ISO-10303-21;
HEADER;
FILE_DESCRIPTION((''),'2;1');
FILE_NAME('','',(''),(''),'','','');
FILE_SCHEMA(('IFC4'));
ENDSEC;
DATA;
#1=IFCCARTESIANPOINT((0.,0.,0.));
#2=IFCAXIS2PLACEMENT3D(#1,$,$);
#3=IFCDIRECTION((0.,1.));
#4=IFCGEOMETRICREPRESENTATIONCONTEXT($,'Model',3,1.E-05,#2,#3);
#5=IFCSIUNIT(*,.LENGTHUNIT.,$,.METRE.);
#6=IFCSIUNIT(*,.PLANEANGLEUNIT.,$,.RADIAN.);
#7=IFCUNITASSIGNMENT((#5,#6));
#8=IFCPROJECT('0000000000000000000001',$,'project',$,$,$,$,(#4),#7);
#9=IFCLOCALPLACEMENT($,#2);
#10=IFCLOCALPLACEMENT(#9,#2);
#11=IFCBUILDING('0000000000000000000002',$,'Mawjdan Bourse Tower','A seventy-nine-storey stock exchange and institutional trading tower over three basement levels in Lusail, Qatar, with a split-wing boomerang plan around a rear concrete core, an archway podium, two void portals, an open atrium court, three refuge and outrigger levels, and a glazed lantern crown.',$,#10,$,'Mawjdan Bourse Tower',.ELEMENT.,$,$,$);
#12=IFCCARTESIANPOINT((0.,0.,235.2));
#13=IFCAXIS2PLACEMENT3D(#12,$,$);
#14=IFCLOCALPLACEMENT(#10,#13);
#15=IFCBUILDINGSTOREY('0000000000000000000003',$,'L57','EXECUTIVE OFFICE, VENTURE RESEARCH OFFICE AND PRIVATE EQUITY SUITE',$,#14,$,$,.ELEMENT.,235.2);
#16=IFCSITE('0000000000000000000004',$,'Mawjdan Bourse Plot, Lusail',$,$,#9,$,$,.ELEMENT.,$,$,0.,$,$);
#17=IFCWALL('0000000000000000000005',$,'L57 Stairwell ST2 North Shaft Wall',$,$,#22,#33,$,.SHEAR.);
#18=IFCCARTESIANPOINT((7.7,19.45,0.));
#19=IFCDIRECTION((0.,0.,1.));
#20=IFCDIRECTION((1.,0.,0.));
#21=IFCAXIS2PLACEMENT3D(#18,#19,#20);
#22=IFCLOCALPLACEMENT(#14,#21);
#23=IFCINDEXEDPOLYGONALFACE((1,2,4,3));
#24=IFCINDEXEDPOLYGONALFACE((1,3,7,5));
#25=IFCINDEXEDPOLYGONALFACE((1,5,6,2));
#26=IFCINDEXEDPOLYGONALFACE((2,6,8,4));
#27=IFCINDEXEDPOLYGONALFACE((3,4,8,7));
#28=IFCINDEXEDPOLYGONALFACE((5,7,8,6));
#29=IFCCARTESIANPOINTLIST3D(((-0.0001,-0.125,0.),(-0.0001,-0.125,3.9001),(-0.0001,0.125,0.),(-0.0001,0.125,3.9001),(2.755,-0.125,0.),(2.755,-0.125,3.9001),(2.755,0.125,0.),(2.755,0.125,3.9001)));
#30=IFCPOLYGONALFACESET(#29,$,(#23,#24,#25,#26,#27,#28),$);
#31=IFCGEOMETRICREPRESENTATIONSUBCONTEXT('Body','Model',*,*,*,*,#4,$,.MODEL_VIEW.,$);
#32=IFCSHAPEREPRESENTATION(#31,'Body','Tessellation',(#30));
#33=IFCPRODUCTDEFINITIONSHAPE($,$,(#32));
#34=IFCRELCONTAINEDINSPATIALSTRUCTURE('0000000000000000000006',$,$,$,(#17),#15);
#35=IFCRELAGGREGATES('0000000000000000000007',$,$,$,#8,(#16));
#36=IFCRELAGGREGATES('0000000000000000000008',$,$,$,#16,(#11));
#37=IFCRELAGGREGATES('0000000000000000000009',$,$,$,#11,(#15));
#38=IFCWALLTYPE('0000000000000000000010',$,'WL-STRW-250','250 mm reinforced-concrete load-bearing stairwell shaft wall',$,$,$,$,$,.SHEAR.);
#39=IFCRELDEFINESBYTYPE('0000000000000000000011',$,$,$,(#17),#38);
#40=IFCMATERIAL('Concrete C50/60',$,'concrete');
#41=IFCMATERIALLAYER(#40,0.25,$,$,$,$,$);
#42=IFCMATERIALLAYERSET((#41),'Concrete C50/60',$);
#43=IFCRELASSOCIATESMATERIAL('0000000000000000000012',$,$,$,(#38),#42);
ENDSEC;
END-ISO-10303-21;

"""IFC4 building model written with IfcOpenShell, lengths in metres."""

from ifc_helpers import new_model, si_unit, direction, frame, frame_2d, origin, place, context, subcontext, project, spatial, rectangle, extrude, material, layer, layer_set, type_object, element, save


model = new_model("IFC4")

# Units and contexts
model_context = context("Model", 3, precision=1e-05, world=origin(), true_north=direction((0.0, 1.0)))
body_context = subcontext(model_context, "Body", "Model", "MODEL_VIEW")
ifc_project = project(units=[si_unit("LENGTHUNIT", "METRE"), si_unit("PLANEANGLEUNIT", "RADIAN")], contexts=[model_context])

# Site, building, storey
site_placement = place(None, origin())
site = spatial("IfcSite", under=ifc_project, at=site_placement, Name="Mawjdan Bourse Plot, Lusail", CompositionType="ELEMENT", RefElevation=0.0)
building_placement = place(site_placement, origin())
building = spatial("IfcBuilding", under=site, at=building_placement, Name="Mawjdan Bourse Tower", Description="A seventy-nine-storey stock exchange and institutional trading tower over three basement levels in Lusail, Qatar, with a split-wing boomerang plan around a rear concrete core, an archway podium, two void portals, an open atrium court, three refuge and outrigger levels, and a glazed lantern crown.", LongName="Mawjdan Bourse Tower", CompositionType="ELEMENT")
storey_placement = place(building_placement, frame((0.0, 0.0, 235.2)))
storey = spatial("IfcBuildingStorey", under=building, at=storey_placement, Name="L57", Description="EXECUTIVE OFFICE, VENTURE RESEARCH OFFICE AND PRIVATE EQUITY SUITE", CompositionType="ELEMENT", Elevation=235.2)

# Wall
ifc_material_1 = material(Name="Concrete C50/60", Category="concrete")
ifc_layer_1 = layer(ifc_material_1, 0.25)
ifc_layer_set_1 = layer_set([ifc_layer_1], Name="Concrete C50/60")
wall_type_1 = type_object("IfcWallType", Name="WL-STRW-250", Description="250 mm reinforced-concrete load-bearing stairwell shaft wall", PredefinedType="SHEAR", material=ifc_layer_set_1)
wall_1_placement = place(storey_placement, frame((7.7, 19.45, 0.0), z_axis=(0.0, 0.0, 1.0), x_axis=(1.0, 0.0, 0.0)))
element("IfcWall", 1, at=wall_1_placement, inside=storey, type_object=wall_type_1, Name="L57 Stairwell ST2 North Shaft Wall", PredefinedType="SHEAR", context=body_context, shape_type="SweptSolid", body=[
    extrude(rectangle(XDim=2.7551, YDim=0.25, at=frame_2d((1.3774, 0.0))), origin(), (0.0, 0.0, 1.0), 3.9001),
])

save(model, "model.ifc")
